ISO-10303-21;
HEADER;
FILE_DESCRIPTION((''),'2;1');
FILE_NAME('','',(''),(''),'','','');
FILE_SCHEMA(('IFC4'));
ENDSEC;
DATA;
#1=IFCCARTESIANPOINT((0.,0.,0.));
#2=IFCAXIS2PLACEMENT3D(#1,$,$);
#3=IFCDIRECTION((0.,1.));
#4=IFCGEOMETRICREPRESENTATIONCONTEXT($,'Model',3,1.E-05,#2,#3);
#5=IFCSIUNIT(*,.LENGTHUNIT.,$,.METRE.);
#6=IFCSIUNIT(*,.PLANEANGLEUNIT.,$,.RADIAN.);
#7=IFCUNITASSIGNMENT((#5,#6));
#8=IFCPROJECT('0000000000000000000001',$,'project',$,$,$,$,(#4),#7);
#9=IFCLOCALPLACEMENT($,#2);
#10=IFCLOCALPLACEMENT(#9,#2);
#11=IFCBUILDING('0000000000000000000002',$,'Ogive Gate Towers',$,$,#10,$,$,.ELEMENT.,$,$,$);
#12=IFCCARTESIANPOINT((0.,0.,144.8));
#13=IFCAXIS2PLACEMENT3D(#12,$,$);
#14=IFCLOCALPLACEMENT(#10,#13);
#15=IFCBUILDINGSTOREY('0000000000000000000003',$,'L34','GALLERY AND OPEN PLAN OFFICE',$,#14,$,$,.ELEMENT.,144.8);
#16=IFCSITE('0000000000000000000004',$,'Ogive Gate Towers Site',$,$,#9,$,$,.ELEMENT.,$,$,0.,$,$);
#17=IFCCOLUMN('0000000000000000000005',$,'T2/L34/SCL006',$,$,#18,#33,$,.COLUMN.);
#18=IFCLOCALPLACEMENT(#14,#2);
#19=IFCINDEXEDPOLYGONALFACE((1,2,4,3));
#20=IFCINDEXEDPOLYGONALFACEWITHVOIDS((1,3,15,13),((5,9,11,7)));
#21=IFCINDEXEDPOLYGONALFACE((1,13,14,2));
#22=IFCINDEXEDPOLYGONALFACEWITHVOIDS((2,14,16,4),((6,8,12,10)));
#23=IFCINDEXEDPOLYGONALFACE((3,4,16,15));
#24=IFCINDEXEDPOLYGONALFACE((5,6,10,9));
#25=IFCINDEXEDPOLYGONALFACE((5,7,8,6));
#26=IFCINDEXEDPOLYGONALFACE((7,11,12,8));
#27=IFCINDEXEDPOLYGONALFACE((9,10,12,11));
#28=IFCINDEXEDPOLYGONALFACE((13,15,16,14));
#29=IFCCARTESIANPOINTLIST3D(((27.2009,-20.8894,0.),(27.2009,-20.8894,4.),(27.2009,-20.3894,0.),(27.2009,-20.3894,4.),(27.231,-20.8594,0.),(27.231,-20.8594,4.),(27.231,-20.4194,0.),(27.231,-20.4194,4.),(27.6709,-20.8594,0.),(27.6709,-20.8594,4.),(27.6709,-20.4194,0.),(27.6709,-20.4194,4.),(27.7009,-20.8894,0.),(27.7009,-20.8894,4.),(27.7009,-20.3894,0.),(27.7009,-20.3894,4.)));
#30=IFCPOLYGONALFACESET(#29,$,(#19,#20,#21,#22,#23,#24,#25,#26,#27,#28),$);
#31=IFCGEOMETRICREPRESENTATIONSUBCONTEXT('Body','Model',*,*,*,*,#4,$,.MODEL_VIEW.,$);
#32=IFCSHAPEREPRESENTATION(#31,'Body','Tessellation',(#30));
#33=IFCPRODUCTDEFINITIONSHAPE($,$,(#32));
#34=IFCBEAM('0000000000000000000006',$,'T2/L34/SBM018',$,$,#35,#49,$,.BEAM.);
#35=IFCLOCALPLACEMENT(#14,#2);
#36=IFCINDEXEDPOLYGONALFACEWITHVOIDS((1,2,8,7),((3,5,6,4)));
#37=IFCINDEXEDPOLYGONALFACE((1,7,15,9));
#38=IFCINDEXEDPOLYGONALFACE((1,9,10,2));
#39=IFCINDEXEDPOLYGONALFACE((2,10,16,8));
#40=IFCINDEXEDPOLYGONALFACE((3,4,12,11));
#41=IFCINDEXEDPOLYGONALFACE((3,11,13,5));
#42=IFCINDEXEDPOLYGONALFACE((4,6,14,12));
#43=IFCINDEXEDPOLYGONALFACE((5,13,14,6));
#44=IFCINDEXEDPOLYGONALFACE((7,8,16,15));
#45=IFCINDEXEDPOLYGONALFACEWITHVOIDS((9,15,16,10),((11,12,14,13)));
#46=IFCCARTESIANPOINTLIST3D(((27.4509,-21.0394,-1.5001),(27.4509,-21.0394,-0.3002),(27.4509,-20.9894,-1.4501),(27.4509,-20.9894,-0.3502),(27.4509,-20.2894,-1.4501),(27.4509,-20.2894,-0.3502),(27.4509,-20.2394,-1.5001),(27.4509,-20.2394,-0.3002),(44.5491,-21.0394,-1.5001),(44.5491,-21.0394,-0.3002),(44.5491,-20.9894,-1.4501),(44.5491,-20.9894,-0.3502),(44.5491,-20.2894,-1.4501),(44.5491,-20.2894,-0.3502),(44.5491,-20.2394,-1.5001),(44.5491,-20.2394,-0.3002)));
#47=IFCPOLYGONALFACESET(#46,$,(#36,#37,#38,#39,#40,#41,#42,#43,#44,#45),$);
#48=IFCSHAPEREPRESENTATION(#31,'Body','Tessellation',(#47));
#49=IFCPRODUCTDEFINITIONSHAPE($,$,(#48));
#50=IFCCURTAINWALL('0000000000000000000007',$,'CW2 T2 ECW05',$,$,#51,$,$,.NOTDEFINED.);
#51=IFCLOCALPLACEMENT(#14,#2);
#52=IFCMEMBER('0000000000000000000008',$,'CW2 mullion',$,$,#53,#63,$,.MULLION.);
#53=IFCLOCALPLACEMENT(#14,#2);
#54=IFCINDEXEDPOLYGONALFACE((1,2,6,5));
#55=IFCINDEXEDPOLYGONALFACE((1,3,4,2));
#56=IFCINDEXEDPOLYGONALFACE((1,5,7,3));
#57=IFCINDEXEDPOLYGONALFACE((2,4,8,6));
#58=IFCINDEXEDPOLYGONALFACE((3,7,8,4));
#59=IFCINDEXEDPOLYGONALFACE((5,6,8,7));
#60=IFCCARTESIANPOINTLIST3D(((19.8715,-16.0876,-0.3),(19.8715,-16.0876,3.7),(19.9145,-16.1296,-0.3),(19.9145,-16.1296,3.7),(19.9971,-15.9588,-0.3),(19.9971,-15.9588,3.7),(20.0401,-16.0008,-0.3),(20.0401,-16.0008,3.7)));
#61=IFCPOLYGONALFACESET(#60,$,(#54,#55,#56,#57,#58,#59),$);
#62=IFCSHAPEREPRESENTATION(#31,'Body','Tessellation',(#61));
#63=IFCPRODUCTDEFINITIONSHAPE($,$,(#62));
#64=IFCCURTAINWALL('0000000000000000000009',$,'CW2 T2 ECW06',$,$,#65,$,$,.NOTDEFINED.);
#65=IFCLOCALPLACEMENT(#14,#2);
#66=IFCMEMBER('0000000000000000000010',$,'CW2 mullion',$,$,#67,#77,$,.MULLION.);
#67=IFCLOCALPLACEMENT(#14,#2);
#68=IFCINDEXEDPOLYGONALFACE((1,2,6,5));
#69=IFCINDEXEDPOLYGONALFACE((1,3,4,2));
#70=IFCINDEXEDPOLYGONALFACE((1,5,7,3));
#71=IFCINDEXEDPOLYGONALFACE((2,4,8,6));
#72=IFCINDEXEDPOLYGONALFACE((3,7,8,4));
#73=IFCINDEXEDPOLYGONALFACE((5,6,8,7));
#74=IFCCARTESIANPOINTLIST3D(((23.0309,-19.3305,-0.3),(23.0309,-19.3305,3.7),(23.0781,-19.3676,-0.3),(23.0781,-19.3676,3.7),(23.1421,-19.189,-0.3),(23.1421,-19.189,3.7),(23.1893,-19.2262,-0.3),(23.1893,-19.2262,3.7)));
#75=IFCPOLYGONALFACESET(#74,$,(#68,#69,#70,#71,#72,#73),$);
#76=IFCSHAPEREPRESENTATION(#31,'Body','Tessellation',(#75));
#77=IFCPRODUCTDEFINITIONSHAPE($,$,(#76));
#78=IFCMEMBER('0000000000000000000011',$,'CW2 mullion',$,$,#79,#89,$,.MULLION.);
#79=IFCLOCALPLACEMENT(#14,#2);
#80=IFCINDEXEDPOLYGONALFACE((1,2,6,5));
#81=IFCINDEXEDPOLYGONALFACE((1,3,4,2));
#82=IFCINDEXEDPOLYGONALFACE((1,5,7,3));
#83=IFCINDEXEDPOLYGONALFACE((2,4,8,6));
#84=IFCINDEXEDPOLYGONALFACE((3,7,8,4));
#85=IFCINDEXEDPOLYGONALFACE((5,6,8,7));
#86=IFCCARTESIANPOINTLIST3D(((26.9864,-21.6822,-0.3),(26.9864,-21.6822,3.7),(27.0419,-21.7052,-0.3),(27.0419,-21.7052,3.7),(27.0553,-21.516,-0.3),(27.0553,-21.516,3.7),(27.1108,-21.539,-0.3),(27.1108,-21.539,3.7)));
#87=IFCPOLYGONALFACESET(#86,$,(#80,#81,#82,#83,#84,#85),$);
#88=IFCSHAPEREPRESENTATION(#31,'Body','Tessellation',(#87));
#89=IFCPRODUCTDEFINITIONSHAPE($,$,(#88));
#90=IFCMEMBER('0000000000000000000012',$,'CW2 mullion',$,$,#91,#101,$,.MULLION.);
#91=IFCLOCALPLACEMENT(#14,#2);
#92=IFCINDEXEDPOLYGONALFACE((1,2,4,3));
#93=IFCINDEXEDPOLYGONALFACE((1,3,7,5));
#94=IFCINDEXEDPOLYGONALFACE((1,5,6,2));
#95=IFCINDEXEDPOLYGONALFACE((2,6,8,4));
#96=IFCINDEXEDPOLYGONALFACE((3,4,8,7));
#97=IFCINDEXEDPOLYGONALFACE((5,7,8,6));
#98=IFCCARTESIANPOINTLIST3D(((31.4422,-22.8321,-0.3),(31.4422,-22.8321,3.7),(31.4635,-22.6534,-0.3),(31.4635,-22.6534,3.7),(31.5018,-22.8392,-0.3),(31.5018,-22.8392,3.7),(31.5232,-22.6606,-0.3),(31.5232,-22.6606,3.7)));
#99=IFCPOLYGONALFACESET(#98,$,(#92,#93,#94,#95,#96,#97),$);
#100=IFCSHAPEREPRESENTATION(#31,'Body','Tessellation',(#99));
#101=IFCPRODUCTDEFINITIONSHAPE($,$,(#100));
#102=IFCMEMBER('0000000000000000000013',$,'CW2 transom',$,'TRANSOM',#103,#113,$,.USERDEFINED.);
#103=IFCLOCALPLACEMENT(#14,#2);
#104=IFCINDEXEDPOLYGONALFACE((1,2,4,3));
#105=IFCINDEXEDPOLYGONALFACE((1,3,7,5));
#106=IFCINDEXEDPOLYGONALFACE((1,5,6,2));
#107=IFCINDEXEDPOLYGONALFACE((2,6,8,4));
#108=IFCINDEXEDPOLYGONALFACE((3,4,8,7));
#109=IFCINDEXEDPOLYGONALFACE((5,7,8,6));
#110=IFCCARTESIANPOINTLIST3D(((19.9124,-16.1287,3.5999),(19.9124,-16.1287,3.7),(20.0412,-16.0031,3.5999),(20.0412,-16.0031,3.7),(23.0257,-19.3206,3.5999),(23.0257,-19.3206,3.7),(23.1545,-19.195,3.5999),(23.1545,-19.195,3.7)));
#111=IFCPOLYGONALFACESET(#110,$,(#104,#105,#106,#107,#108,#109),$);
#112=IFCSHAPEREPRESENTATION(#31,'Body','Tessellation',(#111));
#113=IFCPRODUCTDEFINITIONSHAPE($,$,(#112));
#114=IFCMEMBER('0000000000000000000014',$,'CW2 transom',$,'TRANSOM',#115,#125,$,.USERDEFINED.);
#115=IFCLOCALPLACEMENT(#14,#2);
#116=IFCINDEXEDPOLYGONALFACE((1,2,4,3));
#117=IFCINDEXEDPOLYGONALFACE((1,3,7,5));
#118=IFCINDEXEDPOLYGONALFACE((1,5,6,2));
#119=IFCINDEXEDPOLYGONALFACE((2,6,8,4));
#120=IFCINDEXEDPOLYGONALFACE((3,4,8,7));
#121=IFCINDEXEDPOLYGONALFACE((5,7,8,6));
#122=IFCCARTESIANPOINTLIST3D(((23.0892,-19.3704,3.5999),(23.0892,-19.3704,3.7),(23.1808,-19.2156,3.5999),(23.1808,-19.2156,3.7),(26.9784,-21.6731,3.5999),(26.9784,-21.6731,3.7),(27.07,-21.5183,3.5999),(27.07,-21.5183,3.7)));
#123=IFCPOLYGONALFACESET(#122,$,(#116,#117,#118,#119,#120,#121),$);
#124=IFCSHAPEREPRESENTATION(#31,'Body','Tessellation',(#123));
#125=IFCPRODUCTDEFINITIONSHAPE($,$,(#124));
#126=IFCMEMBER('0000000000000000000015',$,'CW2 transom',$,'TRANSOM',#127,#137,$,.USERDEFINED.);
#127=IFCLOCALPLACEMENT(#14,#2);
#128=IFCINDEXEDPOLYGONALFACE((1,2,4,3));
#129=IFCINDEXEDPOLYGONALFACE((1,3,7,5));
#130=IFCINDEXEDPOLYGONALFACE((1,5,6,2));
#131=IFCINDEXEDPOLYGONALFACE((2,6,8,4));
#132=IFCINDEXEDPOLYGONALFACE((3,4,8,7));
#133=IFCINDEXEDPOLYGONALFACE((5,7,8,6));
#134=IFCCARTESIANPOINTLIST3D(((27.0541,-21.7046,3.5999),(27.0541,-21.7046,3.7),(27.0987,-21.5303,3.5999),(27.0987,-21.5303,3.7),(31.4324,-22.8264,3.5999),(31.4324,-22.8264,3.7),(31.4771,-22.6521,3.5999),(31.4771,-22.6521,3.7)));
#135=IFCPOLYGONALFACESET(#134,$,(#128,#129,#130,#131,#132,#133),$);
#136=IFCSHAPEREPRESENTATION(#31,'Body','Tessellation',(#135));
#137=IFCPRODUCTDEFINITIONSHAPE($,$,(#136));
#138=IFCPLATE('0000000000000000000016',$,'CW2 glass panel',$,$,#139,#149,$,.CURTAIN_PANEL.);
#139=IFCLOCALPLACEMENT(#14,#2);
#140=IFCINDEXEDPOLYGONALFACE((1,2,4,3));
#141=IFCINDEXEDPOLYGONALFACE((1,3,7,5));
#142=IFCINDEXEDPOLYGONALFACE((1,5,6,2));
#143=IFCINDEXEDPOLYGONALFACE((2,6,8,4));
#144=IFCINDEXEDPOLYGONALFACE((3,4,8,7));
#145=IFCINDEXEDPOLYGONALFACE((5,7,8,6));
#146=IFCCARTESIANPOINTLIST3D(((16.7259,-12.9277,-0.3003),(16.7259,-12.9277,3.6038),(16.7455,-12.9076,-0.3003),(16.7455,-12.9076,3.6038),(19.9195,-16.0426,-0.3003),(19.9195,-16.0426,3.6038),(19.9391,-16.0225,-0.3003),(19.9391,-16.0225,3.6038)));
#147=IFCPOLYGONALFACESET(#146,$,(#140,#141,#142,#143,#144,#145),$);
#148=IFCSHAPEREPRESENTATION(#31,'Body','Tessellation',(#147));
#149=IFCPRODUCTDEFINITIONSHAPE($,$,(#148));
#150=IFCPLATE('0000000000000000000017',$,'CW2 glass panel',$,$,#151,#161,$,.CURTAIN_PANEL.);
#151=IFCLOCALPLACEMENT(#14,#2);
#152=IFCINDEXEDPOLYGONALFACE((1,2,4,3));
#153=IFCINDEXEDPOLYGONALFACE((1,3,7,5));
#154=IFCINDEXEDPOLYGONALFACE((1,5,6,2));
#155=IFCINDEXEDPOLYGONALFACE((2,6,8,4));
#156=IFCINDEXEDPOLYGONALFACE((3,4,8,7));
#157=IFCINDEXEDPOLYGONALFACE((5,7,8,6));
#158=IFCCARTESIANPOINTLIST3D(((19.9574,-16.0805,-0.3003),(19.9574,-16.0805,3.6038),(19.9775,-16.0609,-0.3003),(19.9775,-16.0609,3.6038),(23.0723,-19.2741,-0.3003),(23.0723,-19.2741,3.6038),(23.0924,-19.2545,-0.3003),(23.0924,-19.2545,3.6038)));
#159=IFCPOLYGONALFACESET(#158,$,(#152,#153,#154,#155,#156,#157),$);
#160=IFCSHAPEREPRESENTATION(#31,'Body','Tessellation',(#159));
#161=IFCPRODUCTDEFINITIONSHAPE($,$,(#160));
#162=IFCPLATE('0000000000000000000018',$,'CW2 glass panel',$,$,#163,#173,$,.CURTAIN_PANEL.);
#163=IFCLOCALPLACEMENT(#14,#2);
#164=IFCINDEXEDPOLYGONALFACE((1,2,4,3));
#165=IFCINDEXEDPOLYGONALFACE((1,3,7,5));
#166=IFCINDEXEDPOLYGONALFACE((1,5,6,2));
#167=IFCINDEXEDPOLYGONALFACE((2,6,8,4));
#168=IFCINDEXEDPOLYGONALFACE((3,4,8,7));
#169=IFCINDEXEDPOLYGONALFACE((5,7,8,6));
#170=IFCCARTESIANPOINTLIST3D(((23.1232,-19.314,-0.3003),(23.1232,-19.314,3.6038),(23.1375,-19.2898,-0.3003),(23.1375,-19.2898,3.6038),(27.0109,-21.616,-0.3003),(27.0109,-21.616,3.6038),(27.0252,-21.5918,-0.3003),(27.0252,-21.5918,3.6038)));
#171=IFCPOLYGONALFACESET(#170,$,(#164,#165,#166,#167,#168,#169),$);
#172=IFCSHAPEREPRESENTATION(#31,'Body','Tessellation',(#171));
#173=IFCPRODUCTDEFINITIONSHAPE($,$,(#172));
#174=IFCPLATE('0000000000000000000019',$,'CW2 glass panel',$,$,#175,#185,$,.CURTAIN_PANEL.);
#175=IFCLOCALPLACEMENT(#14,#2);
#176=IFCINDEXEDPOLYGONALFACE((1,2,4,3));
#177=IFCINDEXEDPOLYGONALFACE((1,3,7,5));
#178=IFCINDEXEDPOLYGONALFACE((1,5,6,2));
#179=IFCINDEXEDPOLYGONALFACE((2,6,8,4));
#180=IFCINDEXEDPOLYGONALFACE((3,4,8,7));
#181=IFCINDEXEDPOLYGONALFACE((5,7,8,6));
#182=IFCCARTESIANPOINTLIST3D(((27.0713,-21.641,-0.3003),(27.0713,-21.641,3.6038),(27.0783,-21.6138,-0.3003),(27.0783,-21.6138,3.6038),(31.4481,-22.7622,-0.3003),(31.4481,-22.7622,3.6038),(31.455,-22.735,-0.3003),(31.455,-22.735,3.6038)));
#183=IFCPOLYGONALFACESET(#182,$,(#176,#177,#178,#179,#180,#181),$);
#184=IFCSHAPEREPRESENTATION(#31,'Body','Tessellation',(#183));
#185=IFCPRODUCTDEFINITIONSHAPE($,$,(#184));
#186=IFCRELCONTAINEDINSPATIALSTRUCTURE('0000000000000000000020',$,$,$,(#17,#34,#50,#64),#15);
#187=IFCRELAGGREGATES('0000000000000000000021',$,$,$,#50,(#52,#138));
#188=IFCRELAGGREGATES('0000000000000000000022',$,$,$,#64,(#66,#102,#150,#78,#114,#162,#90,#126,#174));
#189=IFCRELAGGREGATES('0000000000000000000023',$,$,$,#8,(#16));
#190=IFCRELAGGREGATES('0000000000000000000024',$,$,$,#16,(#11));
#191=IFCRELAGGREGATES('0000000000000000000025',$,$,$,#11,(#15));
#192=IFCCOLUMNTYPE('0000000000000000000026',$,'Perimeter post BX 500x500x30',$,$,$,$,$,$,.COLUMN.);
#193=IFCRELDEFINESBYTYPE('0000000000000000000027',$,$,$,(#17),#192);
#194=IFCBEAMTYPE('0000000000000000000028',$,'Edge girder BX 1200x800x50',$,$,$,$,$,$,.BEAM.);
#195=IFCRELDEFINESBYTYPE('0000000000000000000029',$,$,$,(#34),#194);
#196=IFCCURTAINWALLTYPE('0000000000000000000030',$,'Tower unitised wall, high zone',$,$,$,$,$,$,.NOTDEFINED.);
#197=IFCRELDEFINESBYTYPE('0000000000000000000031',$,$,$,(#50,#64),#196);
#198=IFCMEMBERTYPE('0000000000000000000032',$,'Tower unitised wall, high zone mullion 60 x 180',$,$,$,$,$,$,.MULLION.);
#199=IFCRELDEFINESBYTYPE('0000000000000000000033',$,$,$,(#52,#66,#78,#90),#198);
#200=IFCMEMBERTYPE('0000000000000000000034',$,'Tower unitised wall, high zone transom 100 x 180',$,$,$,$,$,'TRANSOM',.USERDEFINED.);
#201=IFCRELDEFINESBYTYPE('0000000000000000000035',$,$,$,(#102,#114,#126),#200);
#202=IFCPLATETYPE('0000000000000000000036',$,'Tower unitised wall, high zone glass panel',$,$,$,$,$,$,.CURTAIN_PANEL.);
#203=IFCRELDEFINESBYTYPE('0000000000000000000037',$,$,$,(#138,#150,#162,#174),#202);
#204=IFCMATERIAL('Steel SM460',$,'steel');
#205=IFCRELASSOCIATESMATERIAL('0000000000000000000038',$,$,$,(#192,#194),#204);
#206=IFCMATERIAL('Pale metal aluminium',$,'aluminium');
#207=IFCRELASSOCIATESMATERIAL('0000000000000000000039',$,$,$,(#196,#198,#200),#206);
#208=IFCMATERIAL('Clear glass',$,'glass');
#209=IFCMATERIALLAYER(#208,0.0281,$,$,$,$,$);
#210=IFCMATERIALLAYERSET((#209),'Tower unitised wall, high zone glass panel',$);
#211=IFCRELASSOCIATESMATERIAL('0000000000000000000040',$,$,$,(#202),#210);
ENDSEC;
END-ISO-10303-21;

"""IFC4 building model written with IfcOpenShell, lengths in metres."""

from ifc_helpers import new_model, si_unit, direction, frame, origin, origin_2d, place, context, subcontext, project, spatial, rectangle, hollow_rectangle, extrude, material, layer, layer_set, material_profile, profile_set, type_object, element, aggregate, save


model = new_model("IFC4")

# Units and contexts
model_context = context("Model", 3, precision=1e-05, world=origin(), true_north=direction((0.0, 1.0)))
body_context = subcontext(model_context, "Body", "Model", "MODEL_VIEW")
ifc_project = project(units=[si_unit("LENGTHUNIT", "METRE"), si_unit("PLANEANGLEUNIT", "RADIAN")], contexts=[model_context])

# Site, building, storey
site_placement = place(None, origin())
site = spatial("IfcSite", under=ifc_project, at=site_placement, Name="Ogive Gate Towers Site", CompositionType="ELEMENT", RefElevation=0.0)
building_placement = place(site_placement, origin())
building = spatial("IfcBuilding", under=site, at=building_placement, Name="Ogive Gate Towers", CompositionType="ELEMENT")
storey_placement = place(building_placement, frame((0.0, 0.0, 144.8)))
storey = spatial("IfcBuildingStorey", under=building, at=storey_placement, Name="L34", Description="GALLERY AND OPEN PLAN OFFICE", CompositionType="ELEMENT", Elevation=144.8)

# Column
ifc_material_1 = material(Name="Steel SM460", Category="steel")
ifc_material_profile_1 = material_profile(ifc_material_1, hollow_rectangle(XDim=0.5, YDim=0.5, WallThickness=0.03, at=origin_2d()), Name="BX 500x500x30")
ifc_profile_set_1 = profile_set([ifc_material_profile_1], Name="Steel SM460")
column_type = type_object("IfcColumnType", Name="Perimeter post BX 500x500x30", PredefinedType="COLUMN", material=ifc_profile_set_1)
column_placement = place(storey_placement, frame((27.4509, -20.6394, 0.0), z_axis=(0.0, 0.0, 1.0), x_axis=(1.0, 0.0, 0.0)))
element("IfcColumn", 1, at=column_placement, inside=storey, type_object=column_type, Name="T2/L34/SCL006", PredefinedType="COLUMN", context=body_context, shape_type="SweptSolid", body=[
    extrude(hollow_rectangle(XDim=0.5, YDim=0.5, WallThickness=0.03, at=origin_2d()), origin(), (0.0, 0.0, 1.0), 4.0),
])

# Beam
ifc_material_profile_2 = material_profile(ifc_material_1, hollow_rectangle(XDim=0.8, YDim=1.2, WallThickness=0.05, at=origin_2d()), Name="BX 1200x800x50")
ifc_profile_set_2 = profile_set([ifc_material_profile_2], Name="Steel SM460")
beam_type = type_object("IfcBeamType", Name="Edge girder BX 1200x800x50", PredefinedType="BEAM", material=ifc_profile_set_2)
beam_placement = place(storey_placement, frame((27.4509, -20.6394, -0.9001), z_axis=(1.0, 0.0, 0.0), x_axis=(0.0, 1.0, 0.0)))
element("IfcBeam", 2, at=beam_placement, inside=storey, type_object=beam_type, Name="T2/L34/SBM018", PredefinedType="BEAM", context=body_context, shape_type="SweptSolid", body=[
    extrude(hollow_rectangle(XDim=0.8, YDim=1.2, WallThickness=0.05, at=origin_2d()), origin(), (0.0, 0.0, 1.0), 17.0981),
])

# Curtain wall, member
ifc_material_2 = material(Name="Pale metal aluminium", Category="aluminium")
curtain_wall_type = type_object("IfcCurtainWallType", Name="Tower unitised wall, high zone", PredefinedType="NOTDEFINED", material=ifc_material_2)
curtain_wall_1_placement = place(storey_placement, origin())
curtain_wall_1 = element("IfcCurtainWall", 3, at=curtain_wall_1_placement, inside=storey, type_object=curtain_wall_type, Name="CW2 T2 ECW05", PredefinedType="NOTDEFINED")
ifc_material_profile_3 = material_profile(ifc_material_2, rectangle(XDim=0.1799, YDim=0.0601, at=origin_2d()), Name="60 x 180 aluminium box")
ifc_profile_set_3 = profile_set([ifc_material_profile_3], Name="Pale metal aluminium")
member_type_1 = type_object("IfcMemberType", Name="Tower unitised wall, high zone mullion 60 x 180", PredefinedType="MULLION", material=ifc_profile_set_3)
member_1_placement = place(storey_placement, frame((19.9558, -16.0442, -0.3), z_axis=(0.0, 0.0, 1.0), x_axis=(-0.69824, -0.715863, 0.0)))
member_1 = element("IfcMember", 4, at=member_1_placement, type_object=member_type_1, Name="CW2 mullion", PredefinedType="MULLION", context=body_context, shape_type="SweptSolid", body=[
    extrude(rectangle(XDim=0.1799, YDim=0.0601, at=origin_2d()), origin(), (0.0, 0.0, 1.0), 4.0),
])

# Curtain wall, members
curtain_wall_2_placement = place(storey_placement, origin())
curtain_wall_2 = element("IfcCurtainWall", 5, at=curtain_wall_2_placement, inside=storey, type_object=curtain_wall_type, Name="CW2 T2 ECW06", PredefinedType="NOTDEFINED")
member_2_placement = place(storey_placement, frame((23.1101, -19.2783, -0.3), z_axis=(0.0, 0.0, 1.0), x_axis=(-0.618038, -0.786148, 0.0)))
member_2 = element("IfcMember", 6, at=member_2_placement, type_object=member_type_1, Name="CW2 mullion", PredefinedType="MULLION", context=body_context, shape_type="SweptSolid", body=[
    extrude(rectangle(XDim=0.1799, YDim=0.0601, at=origin_2d()), origin(), (0.0, 0.0, 1.0), 4.0),
])
member_3_placement = place(storey_placement, frame((27.0486, -21.6106, -0.3), z_axis=(0.0, 0.0, 1.0), x_axis=(-0.382683, -0.92388, 0.0)))
member_3 = element("IfcMember", 7, at=member_3_placement, type_object=member_type_1, Name="CW2 mullion", PredefinedType="MULLION", context=body_context, shape_type="SweptSolid", body=[
    extrude(rectangle(XDim=0.1799, YDim=0.0601, at=origin_2d()), origin(), (0.0, 0.0, 1.0), 4.0),
])
member_4_placement = place(storey_placement, frame((31.4827, -22.7463, -0.3), z_axis=(0.0, 0.0, 1.0), x_axis=(-0.118889, -0.992908, 0.0)))
member_4 = element("IfcMember", 8, at=member_4_placement, type_object=member_type_1, Name="CW2 mullion", PredefinedType="MULLION", context=body_context, shape_type="SweptSolid", body=[
    extrude(rectangle(XDim=0.1799, YDim=0.0601, at=origin_2d()), origin(), (0.0, 0.0, 1.0), 4.0),
])
ifc_material_profile_4 = material_profile(ifc_material_2, rectangle(XDim=0.1799, YDim=0.1001, at=origin_2d()), Name="100 x 180 aluminium box")
ifc_profile_set_4 = profile_set([ifc_material_profile_4], Name="Pale metal aluminium")
member_type_2 = type_object("IfcMemberType", Name="Tower unitised wall, high zone transom 100 x 180", ElementType="TRANSOM", PredefinedType="USERDEFINED", material=ifc_profile_set_4)
member_5_placement = place(storey_placement, frame((19.9768, -16.0659, 3.6499), z_axis=(0.698236, -0.715867, 0.0), x_axis=(0.715867, 0.698236, 0.0)))
member_5 = element("IfcMember", 9, at=member_5_placement, type_object=member_type_2, Name="CW2 transom", ObjectType="TRANSOM", PredefinedType="USERDEFINED", context=body_context, shape_type="SweptSolid", body=[
    extrude(rectangle(XDim=0.1799, YDim=0.1001, at=origin_2d()), origin(), (0.0, 0.0, 1.0), 4.4587),
])
member_6_placement = place(storey_placement, frame((23.135, -19.293, 3.6499), z_axis=(0.860481, -0.509483, 0.0), x_axis=(0.509483, 0.860481, 0.0)))
member_6 = element("IfcMember", 10, at=member_6_placement, type_object=member_type_2, Name="CW2 transom", ObjectType="TRANSOM", PredefinedType="USERDEFINED", context=body_context, shape_type="SweptSolid", body=[
    extrude(rectangle(XDim=0.1799, YDim=0.1001, at=origin_2d()), origin(), (0.0, 0.0, 1.0), 4.5198),
])
member_7_placement = place(storey_placement, frame((27.0764, -21.6174, 3.6499), z_axis=(0.968709, -0.2482, 0.0), x_axis=(0.2482, 0.968709, 0.0)))
member_7 = element("IfcMember", 11, at=member_7_placement, type_object=member_type_2, Name="CW2 transom", ObjectType="TRANSOM", PredefinedType="USERDEFINED", context=body_context, shape_type="SweptSolid", body=[
    extrude(rectangle(XDim=0.1799, YDim=0.1001, at=origin_2d()), origin(), (0.0, 0.0, 1.0), 4.5198),
])

# Plates
ifc_material_3 = material(Name="Clear glass", Category="glass")
ifc_layer_1 = layer(ifc_material_3, 0.0281)
ifc_layer_set_1 = layer_set([ifc_layer_1], Name="Tower unitised wall, high zone glass panel")
plate_type = type_object("IfcPlateType", Name="Tower unitised wall, high zone glass panel", PredefinedType="CURTAIN_PANEL", material=ifc_layer_set_1)
plate_1_placement = place(storey_placement, frame((18.3325, -14.4751, -0.3003), z_axis=(0.0, 0.0, 1.0), x_axis=(0.715863, -0.69824, 0.0)))
plate_1 = element("IfcPlate", 12, at=plate_1_placement, type_object=plate_type, Name="CW2 glass panel", PredefinedType="CURTAIN_PANEL", context=body_context, shape_type="SweptSolid", body=[
    extrude(rectangle(XDim=4.4612, YDim=0.0281, at=origin_2d()), origin(), (0.0, 0.0, 1.0), 3.9041),
])
aggregate(curtain_wall_1, [member_1, plate_1])
plate_2_placement = place(storey_placement, frame((21.5249, -17.6675, -0.3003), z_axis=(0.0, 0.0, 1.0), x_axis=(0.69824, -0.715863, 0.0)))
plate_2 = element("IfcPlate", 13, at=plate_2_placement, type_object=plate_type, Name="CW2 glass panel", PredefinedType="CURTAIN_PANEL", context=body_context, shape_type="SweptSolid", body=[
    extrude(rectangle(XDim=4.4612, YDim=0.0281, at=origin_2d()), origin(), (0.0, 0.0, 1.0), 3.9041),
])
plate_3_placement = place(storey_placement, frame((25.0742, -20.4529, -0.3003), z_axis=(0.0, 0.0, 1.0), x_axis=(0.860466, -0.509507, 0.0)))
plate_3 = element("IfcPlate", 14, at=plate_3_placement, type_object=plate_type, Name="CW2 glass panel", PredefinedType="CURTAIN_PANEL", context=body_context, shape_type="SweptSolid", body=[
    extrude(rectangle(XDim=4.5181, YDim=0.0281, at=origin_2d()), origin(), (0.0, 0.0, 1.0), 3.9041),
])
plate_4_placement = place(storey_placement, frame((29.2632, -22.188, -0.3003), z_axis=(0.0, 0.0, 1.0), x_axis=(0.968718, -0.248166, 0.0)))
plate_4 = element("IfcPlate", 15, at=plate_4_placement, type_object=plate_type, Name="CW2 glass panel", PredefinedType="CURTAIN_PANEL", context=body_context, shape_type="SweptSolid", body=[
    extrude(rectangle(XDim=4.5181, YDim=0.0281, at=origin_2d()), origin(), (0.0, 0.0, 1.0), 3.9041),
])
aggregate(curtain_wall_2, [member_2, member_5, plate_2, member_3, member_6, plate_3, member_4, member_7, plate_4])

save(model, "model.ifc")
